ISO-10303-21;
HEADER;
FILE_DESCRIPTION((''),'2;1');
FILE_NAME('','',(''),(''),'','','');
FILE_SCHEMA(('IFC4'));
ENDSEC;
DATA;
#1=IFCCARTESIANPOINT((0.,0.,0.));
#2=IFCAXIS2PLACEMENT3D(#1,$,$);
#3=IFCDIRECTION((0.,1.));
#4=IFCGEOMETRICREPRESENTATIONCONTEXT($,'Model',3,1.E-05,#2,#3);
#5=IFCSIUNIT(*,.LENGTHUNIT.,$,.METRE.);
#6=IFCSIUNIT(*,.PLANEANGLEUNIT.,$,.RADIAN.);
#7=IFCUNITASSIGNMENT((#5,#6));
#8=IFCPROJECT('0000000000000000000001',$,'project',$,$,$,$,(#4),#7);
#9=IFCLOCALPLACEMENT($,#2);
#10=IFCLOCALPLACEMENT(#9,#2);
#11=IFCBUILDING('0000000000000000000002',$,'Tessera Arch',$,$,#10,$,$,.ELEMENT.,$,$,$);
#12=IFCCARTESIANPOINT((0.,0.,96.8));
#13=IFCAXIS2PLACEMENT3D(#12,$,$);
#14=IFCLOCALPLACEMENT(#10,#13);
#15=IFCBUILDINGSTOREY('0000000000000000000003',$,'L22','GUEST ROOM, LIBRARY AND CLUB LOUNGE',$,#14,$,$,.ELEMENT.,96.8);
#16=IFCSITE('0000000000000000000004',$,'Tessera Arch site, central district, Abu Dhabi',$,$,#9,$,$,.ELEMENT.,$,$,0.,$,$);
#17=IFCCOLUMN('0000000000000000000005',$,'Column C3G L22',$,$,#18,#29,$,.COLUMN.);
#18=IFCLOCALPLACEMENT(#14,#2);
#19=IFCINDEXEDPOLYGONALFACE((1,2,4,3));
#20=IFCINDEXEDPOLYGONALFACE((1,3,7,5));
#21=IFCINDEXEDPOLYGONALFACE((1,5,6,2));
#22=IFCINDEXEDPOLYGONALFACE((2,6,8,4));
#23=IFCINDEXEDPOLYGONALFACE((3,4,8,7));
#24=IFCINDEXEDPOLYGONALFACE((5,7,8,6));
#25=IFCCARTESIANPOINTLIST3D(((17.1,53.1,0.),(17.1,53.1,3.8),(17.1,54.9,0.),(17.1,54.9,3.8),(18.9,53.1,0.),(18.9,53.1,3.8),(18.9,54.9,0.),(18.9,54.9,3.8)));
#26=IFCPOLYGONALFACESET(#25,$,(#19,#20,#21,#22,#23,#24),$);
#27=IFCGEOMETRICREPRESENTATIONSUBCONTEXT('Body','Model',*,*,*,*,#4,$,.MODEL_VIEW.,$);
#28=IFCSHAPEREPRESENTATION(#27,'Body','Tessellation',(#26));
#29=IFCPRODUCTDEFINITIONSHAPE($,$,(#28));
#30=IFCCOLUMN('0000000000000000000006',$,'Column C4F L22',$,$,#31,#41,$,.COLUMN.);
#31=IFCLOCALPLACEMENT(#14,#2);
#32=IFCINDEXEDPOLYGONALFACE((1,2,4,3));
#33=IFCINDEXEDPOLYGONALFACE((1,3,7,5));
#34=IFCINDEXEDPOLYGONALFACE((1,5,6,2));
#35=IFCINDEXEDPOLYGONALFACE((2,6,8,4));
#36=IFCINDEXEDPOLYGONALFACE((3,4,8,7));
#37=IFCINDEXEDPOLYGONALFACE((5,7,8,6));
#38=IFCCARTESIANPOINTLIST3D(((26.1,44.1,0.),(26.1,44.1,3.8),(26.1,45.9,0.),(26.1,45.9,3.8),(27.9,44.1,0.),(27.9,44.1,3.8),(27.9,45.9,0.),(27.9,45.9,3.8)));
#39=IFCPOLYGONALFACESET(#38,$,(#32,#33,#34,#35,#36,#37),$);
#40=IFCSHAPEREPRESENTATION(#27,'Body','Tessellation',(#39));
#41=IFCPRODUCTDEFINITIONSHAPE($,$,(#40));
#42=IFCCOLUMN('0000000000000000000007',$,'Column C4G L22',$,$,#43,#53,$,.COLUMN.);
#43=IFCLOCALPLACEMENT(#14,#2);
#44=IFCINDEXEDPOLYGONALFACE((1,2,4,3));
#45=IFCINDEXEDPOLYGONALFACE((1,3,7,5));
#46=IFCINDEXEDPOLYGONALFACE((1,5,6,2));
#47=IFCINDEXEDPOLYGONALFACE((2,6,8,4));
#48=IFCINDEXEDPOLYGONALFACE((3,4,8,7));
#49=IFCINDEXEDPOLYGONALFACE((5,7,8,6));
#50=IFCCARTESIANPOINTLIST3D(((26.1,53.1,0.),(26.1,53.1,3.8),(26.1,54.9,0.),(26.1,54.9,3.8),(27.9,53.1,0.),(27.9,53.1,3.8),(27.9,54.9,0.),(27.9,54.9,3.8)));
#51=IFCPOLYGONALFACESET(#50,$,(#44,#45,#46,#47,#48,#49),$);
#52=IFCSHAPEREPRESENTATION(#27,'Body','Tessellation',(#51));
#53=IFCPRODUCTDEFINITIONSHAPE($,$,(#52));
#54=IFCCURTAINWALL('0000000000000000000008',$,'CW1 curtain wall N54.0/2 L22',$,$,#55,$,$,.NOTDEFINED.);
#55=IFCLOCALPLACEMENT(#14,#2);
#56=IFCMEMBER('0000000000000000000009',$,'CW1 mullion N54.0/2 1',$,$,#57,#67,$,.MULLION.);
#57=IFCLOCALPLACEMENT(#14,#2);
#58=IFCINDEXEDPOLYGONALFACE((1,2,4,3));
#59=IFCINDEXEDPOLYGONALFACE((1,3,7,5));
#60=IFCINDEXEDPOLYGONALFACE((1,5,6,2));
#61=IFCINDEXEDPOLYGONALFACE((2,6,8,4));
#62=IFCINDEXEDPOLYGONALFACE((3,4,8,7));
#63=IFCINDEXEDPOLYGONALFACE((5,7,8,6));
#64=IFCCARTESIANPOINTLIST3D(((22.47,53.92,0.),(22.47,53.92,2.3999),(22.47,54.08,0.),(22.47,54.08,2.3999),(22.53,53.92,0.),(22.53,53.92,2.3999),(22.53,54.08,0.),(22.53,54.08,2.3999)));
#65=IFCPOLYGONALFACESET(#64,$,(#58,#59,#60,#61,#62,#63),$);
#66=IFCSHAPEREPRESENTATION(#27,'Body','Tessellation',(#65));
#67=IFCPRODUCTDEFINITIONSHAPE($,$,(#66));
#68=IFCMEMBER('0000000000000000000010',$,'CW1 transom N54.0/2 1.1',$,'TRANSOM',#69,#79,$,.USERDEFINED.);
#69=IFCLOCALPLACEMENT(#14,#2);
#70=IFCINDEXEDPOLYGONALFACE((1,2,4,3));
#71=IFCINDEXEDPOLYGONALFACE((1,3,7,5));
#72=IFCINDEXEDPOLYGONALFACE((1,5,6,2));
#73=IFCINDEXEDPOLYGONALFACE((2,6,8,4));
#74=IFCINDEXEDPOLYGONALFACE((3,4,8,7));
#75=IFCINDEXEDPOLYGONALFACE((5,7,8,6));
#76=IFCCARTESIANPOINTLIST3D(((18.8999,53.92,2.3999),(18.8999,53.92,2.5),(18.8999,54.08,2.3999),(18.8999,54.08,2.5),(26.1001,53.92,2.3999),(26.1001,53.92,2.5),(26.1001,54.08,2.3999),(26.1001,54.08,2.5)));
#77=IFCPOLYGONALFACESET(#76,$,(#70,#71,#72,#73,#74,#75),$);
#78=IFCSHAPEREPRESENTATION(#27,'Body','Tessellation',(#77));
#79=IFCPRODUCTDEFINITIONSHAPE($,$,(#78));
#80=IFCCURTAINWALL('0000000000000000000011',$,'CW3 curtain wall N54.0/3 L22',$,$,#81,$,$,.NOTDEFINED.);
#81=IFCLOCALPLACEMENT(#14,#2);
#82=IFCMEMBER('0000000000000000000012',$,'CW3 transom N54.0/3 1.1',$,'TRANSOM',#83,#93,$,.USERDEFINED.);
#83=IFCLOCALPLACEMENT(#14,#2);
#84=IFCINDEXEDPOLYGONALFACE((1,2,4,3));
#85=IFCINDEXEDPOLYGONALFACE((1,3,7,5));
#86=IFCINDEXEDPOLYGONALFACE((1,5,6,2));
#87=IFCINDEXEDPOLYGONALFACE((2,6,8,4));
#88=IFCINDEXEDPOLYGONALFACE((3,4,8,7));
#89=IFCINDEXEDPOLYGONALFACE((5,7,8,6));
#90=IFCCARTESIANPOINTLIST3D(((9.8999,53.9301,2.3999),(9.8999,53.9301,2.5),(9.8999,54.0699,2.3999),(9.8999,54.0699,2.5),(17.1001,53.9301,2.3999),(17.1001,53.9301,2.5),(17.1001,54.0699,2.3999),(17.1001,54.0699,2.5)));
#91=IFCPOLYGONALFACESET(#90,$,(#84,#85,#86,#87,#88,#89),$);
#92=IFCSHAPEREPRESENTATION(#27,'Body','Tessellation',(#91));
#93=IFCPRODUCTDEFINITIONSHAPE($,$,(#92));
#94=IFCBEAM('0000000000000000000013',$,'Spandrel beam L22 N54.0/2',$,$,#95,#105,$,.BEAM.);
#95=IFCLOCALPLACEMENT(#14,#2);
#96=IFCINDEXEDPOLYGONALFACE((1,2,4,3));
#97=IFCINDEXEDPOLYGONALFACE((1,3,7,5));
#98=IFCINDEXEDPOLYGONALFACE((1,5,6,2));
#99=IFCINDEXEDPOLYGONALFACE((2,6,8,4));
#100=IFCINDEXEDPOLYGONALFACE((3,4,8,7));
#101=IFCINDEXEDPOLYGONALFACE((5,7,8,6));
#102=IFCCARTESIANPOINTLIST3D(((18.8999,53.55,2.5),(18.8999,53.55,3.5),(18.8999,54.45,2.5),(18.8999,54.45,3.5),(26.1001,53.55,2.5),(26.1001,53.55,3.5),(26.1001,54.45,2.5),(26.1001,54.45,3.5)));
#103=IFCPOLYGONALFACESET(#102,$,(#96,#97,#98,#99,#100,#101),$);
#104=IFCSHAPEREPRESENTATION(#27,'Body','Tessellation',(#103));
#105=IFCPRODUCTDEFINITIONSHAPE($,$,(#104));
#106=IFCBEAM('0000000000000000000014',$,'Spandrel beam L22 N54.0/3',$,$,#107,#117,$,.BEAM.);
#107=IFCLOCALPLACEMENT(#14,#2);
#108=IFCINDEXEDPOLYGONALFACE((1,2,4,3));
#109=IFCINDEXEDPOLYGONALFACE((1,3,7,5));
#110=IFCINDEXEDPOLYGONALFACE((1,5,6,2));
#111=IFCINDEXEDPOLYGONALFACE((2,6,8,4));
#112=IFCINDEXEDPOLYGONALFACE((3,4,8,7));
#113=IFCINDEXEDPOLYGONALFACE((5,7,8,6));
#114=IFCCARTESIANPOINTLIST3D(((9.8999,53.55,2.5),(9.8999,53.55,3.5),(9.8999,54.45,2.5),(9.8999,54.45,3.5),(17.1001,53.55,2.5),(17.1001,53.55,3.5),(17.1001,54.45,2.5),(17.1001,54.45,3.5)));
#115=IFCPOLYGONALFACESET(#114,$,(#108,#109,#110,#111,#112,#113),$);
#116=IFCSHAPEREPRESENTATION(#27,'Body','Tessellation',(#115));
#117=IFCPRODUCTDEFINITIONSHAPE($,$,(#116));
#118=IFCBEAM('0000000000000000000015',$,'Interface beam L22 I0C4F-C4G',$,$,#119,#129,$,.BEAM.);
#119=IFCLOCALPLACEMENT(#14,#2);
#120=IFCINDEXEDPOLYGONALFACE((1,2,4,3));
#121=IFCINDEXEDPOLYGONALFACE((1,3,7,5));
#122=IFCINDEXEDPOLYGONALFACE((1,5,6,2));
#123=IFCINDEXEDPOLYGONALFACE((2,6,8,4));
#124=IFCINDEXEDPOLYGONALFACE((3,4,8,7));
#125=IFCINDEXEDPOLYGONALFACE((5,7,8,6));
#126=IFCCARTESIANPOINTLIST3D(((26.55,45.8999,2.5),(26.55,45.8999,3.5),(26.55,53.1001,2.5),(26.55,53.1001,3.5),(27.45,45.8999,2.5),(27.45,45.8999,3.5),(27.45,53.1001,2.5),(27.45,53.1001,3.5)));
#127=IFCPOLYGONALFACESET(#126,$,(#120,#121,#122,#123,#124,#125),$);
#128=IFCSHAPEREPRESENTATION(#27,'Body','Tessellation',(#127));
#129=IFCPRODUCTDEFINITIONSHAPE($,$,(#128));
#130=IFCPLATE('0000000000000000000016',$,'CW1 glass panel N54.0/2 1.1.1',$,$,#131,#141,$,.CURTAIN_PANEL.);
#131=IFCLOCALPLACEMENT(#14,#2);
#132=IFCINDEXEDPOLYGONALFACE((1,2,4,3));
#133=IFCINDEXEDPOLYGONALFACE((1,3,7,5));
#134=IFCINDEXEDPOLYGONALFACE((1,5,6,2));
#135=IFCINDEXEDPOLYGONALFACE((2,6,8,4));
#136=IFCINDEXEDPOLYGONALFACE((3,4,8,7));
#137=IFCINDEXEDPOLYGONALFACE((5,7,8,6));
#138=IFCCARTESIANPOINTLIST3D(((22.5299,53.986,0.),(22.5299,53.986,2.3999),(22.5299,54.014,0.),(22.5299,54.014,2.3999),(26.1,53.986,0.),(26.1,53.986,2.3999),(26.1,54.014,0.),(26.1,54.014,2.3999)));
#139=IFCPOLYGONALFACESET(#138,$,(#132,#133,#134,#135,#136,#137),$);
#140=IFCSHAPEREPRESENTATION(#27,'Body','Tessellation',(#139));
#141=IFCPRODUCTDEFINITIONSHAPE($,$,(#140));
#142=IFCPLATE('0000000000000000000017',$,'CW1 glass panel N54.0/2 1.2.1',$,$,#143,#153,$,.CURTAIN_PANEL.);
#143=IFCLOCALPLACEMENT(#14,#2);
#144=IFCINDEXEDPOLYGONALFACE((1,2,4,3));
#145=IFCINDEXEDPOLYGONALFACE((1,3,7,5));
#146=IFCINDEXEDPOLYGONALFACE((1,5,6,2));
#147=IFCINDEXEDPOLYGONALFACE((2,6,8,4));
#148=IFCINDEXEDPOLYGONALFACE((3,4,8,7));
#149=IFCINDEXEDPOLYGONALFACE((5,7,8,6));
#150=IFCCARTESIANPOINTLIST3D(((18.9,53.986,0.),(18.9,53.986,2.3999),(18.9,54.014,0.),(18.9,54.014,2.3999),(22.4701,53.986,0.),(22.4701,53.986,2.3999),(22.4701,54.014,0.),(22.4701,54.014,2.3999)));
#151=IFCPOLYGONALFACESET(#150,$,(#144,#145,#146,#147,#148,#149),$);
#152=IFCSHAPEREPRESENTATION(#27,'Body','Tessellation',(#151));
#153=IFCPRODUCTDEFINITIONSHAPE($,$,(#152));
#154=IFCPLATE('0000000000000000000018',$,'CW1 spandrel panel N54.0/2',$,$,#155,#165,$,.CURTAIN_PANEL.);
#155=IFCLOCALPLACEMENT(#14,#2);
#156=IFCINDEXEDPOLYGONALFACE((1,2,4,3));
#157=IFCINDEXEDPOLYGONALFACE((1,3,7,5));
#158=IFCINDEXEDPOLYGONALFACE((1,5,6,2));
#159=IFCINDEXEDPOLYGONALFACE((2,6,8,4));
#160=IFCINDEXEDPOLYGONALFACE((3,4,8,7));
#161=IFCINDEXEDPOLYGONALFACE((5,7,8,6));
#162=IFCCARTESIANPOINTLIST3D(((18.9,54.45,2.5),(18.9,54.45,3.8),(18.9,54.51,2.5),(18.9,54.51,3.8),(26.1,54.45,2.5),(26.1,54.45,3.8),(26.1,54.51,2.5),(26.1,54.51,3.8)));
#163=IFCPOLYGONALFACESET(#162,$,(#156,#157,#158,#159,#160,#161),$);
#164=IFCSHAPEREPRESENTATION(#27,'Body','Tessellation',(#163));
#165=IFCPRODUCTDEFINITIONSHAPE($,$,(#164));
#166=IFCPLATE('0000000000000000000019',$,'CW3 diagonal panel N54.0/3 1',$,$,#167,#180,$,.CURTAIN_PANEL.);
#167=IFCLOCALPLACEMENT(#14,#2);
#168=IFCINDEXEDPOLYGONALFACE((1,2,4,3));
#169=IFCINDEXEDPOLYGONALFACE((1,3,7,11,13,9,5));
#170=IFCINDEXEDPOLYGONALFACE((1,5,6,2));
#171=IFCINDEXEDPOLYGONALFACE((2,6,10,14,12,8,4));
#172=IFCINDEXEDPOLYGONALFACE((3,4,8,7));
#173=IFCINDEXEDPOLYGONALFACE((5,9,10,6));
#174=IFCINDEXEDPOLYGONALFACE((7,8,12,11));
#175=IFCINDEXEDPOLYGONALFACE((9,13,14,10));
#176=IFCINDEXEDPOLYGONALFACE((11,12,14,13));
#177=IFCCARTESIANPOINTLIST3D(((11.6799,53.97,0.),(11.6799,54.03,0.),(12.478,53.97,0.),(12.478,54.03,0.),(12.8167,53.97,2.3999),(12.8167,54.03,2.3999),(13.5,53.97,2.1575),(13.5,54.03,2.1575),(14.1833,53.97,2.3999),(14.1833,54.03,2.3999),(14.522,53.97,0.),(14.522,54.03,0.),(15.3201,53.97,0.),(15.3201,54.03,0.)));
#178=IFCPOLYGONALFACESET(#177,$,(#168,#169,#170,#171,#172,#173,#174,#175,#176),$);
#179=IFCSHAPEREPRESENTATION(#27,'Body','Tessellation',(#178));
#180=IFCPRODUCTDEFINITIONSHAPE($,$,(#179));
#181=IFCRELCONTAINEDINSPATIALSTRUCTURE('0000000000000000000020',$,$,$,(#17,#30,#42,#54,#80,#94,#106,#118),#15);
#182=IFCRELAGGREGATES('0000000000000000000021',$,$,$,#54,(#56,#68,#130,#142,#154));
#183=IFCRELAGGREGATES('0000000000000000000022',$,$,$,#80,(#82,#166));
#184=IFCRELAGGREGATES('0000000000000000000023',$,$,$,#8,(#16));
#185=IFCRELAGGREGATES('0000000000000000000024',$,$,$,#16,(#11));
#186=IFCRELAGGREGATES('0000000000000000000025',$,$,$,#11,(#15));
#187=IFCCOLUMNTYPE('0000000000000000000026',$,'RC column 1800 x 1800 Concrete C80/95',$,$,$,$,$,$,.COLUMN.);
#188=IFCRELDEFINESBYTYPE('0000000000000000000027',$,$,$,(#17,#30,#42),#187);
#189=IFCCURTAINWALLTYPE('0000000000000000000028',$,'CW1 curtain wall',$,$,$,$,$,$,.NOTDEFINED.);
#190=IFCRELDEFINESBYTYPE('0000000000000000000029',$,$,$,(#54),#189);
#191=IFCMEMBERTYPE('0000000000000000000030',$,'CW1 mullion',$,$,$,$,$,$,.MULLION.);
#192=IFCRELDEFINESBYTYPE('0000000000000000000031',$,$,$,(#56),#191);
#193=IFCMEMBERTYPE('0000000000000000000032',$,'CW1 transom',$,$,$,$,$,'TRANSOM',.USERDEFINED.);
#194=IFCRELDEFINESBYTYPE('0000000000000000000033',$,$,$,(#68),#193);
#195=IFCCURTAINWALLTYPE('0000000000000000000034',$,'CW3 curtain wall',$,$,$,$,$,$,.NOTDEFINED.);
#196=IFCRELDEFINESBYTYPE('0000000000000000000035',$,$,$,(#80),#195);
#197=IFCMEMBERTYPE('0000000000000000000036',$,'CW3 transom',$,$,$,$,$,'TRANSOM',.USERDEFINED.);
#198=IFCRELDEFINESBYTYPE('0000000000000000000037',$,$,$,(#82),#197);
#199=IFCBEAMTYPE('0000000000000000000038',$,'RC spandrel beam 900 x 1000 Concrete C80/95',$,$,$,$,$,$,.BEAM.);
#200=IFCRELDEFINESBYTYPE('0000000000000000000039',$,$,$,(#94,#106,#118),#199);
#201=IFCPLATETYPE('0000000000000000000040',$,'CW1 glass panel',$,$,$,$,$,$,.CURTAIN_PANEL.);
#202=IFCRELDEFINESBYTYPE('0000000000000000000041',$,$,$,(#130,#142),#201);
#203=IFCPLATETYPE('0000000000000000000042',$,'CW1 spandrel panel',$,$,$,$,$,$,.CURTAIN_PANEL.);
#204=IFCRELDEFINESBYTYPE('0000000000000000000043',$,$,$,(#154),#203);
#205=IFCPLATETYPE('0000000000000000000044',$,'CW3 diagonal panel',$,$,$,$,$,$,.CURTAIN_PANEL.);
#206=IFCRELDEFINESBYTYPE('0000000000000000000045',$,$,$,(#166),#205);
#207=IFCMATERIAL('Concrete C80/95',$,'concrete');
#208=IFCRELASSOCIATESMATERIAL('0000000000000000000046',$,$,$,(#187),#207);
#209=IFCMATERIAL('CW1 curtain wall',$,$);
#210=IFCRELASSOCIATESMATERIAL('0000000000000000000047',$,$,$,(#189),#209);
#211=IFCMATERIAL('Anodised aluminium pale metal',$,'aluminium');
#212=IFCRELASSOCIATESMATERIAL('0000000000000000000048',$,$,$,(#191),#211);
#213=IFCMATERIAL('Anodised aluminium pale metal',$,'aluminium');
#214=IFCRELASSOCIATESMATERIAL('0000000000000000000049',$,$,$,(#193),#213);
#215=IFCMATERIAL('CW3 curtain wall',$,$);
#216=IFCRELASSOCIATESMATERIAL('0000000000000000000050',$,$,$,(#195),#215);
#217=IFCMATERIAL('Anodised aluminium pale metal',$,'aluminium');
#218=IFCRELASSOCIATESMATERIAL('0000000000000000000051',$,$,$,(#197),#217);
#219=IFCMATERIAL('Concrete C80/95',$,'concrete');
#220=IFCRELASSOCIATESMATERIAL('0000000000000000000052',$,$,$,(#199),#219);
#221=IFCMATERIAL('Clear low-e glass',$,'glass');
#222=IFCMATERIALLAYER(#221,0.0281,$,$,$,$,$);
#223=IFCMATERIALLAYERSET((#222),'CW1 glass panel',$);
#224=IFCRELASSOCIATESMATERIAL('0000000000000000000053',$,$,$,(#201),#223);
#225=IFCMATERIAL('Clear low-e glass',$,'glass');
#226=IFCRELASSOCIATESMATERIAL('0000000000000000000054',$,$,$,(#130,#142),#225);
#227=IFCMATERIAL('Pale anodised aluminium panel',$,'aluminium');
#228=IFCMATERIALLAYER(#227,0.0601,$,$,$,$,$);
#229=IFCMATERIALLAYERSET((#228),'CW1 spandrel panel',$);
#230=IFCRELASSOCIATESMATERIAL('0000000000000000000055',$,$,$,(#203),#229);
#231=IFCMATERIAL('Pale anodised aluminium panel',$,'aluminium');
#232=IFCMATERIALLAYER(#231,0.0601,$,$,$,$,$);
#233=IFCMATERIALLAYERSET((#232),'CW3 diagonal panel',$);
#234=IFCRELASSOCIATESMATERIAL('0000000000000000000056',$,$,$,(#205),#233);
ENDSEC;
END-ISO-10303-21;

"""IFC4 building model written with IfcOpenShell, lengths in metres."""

from ifc_helpers import new_model, si_unit, direction, frame, origin, origin_2d, place, context, subcontext, project, spatial, polyline, rectangle, outline, extrude, material, layer, layer_set, material_profile, profile_set, type_object, element, aggregate, save


model = new_model("IFC4")

# Units and contexts
model_context = context("Model", 3, precision=1e-05, world=origin(), true_north=direction((0.0, 1.0)))
body_context = subcontext(model_context, "Body", "Model", "MODEL_VIEW")
ifc_project = project(units=[si_unit("LENGTHUNIT", "METRE"), si_unit("PLANEANGLEUNIT", "RADIAN")], contexts=[model_context])

# Site, building, storey
site_placement = place(None, origin())
site = spatial("IfcSite", under=ifc_project, at=site_placement, Name="Tessera Arch site, central district, Abu Dhabi", CompositionType="ELEMENT", RefElevation=0.0)
building_placement = place(site_placement, origin())
building = spatial("IfcBuilding", under=site, at=building_placement, Name="Tessera Arch", CompositionType="ELEMENT")
storey_placement = place(building_placement, frame((0.0, 0.0, 96.8)))
storey = spatial("IfcBuildingStorey", under=building, at=storey_placement, Name="L22", Description="GUEST ROOM, LIBRARY AND CLUB LOUNGE", CompositionType="ELEMENT", Elevation=96.8)

# Columns
ifc_material_1 = material(Name="Concrete C80/95", Category="concrete")
ifc_material_profile_1 = material_profile(ifc_material_1, rectangle(XDim=1.8, YDim=1.8, at=origin_2d()), Name="RC column 1800 x 1800 Concrete C80/95")
ifc_profile_set_1 = profile_set([ifc_material_profile_1], Name="Concrete C80/95")
column_type = type_object("IfcColumnType", Name="RC column 1800 x 1800 Concrete C80/95", PredefinedType="COLUMN", material=ifc_profile_set_1)
for number, where, z_axis, x_axis, name in (
    (1, (18.0, 54.0, 0.0), (0.0, 0.0, 1.0), (1.0, 0.0, 0.0), "Column C3G L22"),
    (2, (27.0, 45.0, 0.0), (0.0, 0.0, 1.0), (1.0, 0.0, 0.0), "Column C4F L22"),
    (3, (27.0, 54.0, 0.0), (0.0, 0.0, 1.0), (1.0, 0.0, 0.0), "Column C4G L22"),
):
    element("IfcColumn", number, at=place(storey_placement, frame(where, z_axis=z_axis, x_axis=x_axis)), inside=storey, type_object=column_type, Name=name, PredefinedType="COLUMN", context=body_context, shape_type="SweptSolid", body=[
        extrude(rectangle(XDim=1.8, YDim=1.8, at=origin_2d()), origin(), (0.0, 0.0, 1.0), 3.8),
    ])

# Curtain wall, members
ifc_material_2 = material(Name="CW1 curtain wall")
curtain_wall_type_1 = type_object("IfcCurtainWallType", Name="CW1 curtain wall", PredefinedType="NOTDEFINED", material=ifc_material_2)
curtain_wall_1_placement = place(storey_placement, origin())
curtain_wall_1 = element("IfcCurtainWall", 4, at=curtain_wall_1_placement, inside=storey, type_object=curtain_wall_type_1, Name="CW1 curtain wall N54.0/2 L22", PredefinedType="NOTDEFINED")
ifc_material_3 = material(Name="Anodised aluminium pale metal", Category="aluminium")
ifc_material_profile_2 = material_profile(ifc_material_3, rectangle(XDim=0.1599, YDim=0.0601, at=origin_2d()), Name="AL 60x160")
ifc_profile_set_2 = profile_set([ifc_material_profile_2], Name="Anodised aluminium pale metal")
member_type_1 = type_object("IfcMemberType", Name="CW1 mullion", PredefinedType="MULLION", material=ifc_profile_set_2)
member_1_placement = place(storey_placement, frame((22.5, 54.0, 0.0), z_axis=(0.0, 0.0, 1.0), x_axis=(0.0, -1.0, 0.0)))
member_1 = element("IfcMember", 5, at=member_1_placement, type_object=member_type_1, Name="CW1 mullion N54.0/2 1", PredefinedType="MULLION", context=body_context, shape_type="SweptSolid", body=[
    extrude(rectangle(XDim=0.1599, YDim=0.0601, at=origin_2d()), origin(), (0.0, 0.0, 1.0), 2.3999),
])
ifc_material_4 = material(Name="Anodised aluminium pale metal", Category="aluminium")
ifc_material_profile_3 = material_profile(ifc_material_4, rectangle(XDim=0.1599, YDim=0.1001, at=origin_2d()), Name="AL 160x100")
ifc_profile_set_3 = profile_set([ifc_material_profile_3], Name="Anodised aluminium pale metal")
member_type_2 = type_object("IfcMemberType", Name="CW1 transom", ElementType="TRANSOM", PredefinedType="USERDEFINED", material=ifc_profile_set_3)
member_2_placement = place(storey_placement, frame((26.1001, 54.0, 2.45), z_axis=(-1.0, 0.0, 0.0), x_axis=(0.0, -1.0, 0.0)))
member_2 = element("IfcMember", 6, at=member_2_placement, type_object=member_type_2, Name="CW1 transom N54.0/2 1.1", ObjectType="TRANSOM", PredefinedType="USERDEFINED", context=body_context, shape_type="SweptSolid", body=[
    extrude(rectangle(XDim=0.1599, YDim=0.1001, at=origin_2d()), origin(), (0.0, 0.0, 1.0), 7.2002),
])

# Curtain wall, member
ifc_material_5 = material(Name="CW3 curtain wall")
curtain_wall_type_2 = type_object("IfcCurtainWallType", Name="CW3 curtain wall", PredefinedType="NOTDEFINED", material=ifc_material_5)
curtain_wall_2_placement = place(storey_placement, origin())
curtain_wall_2 = element("IfcCurtainWall", 7, at=curtain_wall_2_placement, inside=storey, type_object=curtain_wall_type_2, Name="CW3 curtain wall N54.0/3 L22", PredefinedType="NOTDEFINED")
ifc_material_6 = material(Name="Anodised aluminium pale metal", Category="aluminium")
ifc_material_profile_4 = material_profile(ifc_material_6, rectangle(XDim=0.1399, YDim=0.1001, at=origin_2d()), Name="AL 140x100")
ifc_profile_set_4 = profile_set([ifc_material_profile_4], Name="Anodised aluminium pale metal")
member_type_3 = type_object("IfcMemberType", Name="CW3 transom", ElementType="TRANSOM", PredefinedType="USERDEFINED", material=ifc_profile_set_4)
member_3_placement = place(storey_placement, frame((17.1001, 54.0, 2.45), z_axis=(-1.0, 0.0, 0.0), x_axis=(0.0, -1.0, 0.0)))
member_3 = element("IfcMember", 8, at=member_3_placement, type_object=member_type_3, Name="CW3 transom N54.0/3 1.1", ObjectType="TRANSOM", PredefinedType="USERDEFINED", context=body_context, shape_type="SweptSolid", body=[
    extrude(rectangle(XDim=0.1399, YDim=0.1001, at=origin_2d()), origin(), (0.0, 0.0, 1.0), 7.2002),
])

# Beams
ifc_material_7 = material(Name="Concrete C80/95", Category="concrete")
ifc_material_profile_5 = material_profile(ifc_material_7, rectangle(XDim=0.8999, YDim=1.0, at=origin_2d()), Name="RC spandrel beam 900 x 1000 Concrete C80/95")
ifc_profile_set_5 = profile_set([ifc_material_profile_5], Name="Concrete C80/95")
beam_type = type_object("IfcBeamType", Name="RC spandrel beam 900 x 1000 Concrete C80/95", PredefinedType="BEAM", material=ifc_profile_set_5)
for number, where, z_axis, x_axis, name in (
    (9, (26.1001, 54.0, 3.0), (-1.0, 0.0, 0.0), (0.0, -1.0, 0.0), "Spandrel beam L22 N54.0/2"),
    (10, (17.1001, 54.0, 3.0), (-1.0, 0.0, 0.0), (0.0, -1.0, 0.0), "Spandrel beam L22 N54.0/3"),
    (11, (27.0, 45.8999, 3.0), (0.0, 1.0, 0.0), (-1.0, 0.0, 0.0), "Interface beam L22 I0C4F-C4G"),
):
    element("IfcBeam", number, at=place(storey_placement, frame(where, z_axis=z_axis, x_axis=x_axis)), inside=storey, type_object=beam_type, Name=name, PredefinedType="BEAM", context=body_context, shape_type="SweptSolid", body=[
        extrude(rectangle(XDim=0.8999, YDim=1.0, at=origin_2d()), origin(), (0.0, 0.0, 1.0), 7.2002),
    ])

# Plates
ifc_material_8 = material(Name="Clear low-e glass", Category="glass")
ifc_material_9 = material(Name="Clear low-e glass", Category="glass")
ifc_layer_1 = layer(ifc_material_9, 0.0281)
ifc_layer_set_1 = layer_set([ifc_layer_1], Name="CW1 glass panel")
plate_type_1 = type_object("IfcPlateType", Name="CW1 glass panel", PredefinedType="CURTAIN_PANEL", material=ifc_layer_set_1)
plate_1_placement = place(storey_placement, frame((24.3149, 54.0, 0.0), z_axis=(0.0, 0.0, 1.0), x_axis=(-1.0, 0.0, 0.0)))
plate_1 = element("IfcPlate", 12, at=plate_1_placement, type_object=plate_type_1, material=ifc_material_8, Name="CW1 glass panel N54.0/2 1.1.1", PredefinedType="CURTAIN_PANEL", context=body_context, shape_type="SweptSolid", body=[
    extrude(rectangle(XDim=3.5701, YDim=0.0281, at=origin_2d()), origin(), (0.0, 0.0, 1.0), 2.3999),
])
plate_2_placement = place(storey_placement, frame((20.6851, 54.0, 0.0), z_axis=(0.0, 0.0, 1.0), x_axis=(-1.0, 0.0, 0.0)))
plate_2 = element("IfcPlate", 13, at=plate_2_placement, type_object=plate_type_1, material=ifc_material_8, Name="CW1 glass panel N54.0/2 1.2.1", PredefinedType="CURTAIN_PANEL", context=body_context, shape_type="SweptSolid", body=[
    extrude(rectangle(XDim=3.5701, YDim=0.0281, at=origin_2d()), origin(), (0.0, 0.0, 1.0), 2.3999),
])
ifc_material_10 = material(Name="Pale anodised aluminium panel", Category="aluminium")
ifc_layer_2 = layer(ifc_material_10, 0.0601)
ifc_layer_set_2 = layer_set([ifc_layer_2], Name="CW1 spandrel panel")
plate_type_2 = type_object("IfcPlateType", Name="CW1 spandrel panel", PredefinedType="CURTAIN_PANEL", material=ifc_layer_set_2)
plate_3_placement = place(storey_placement, frame((22.5, 54.48, 2.5), z_axis=(0.0, 0.0, 1.0), x_axis=(-1.0, 0.0, 0.0)))
plate_3 = element("IfcPlate", 14, at=plate_3_placement, type_object=plate_type_2, Name="CW1 spandrel panel N54.0/2", PredefinedType="CURTAIN_PANEL", context=body_context, shape_type="SweptSolid", body=[
    extrude(rectangle(XDim=7.2, YDim=0.0601, at=origin_2d()), origin(), (0.0, 0.0, 1.0), 1.3),
])
aggregate(curtain_wall_1, [member_1, member_2, plate_1, plate_2, plate_3])
ifc_material_11 = material(Name="Pale anodised aluminium panel", Category="aluminium")
ifc_layer_3 = layer(ifc_material_11, 0.0601)
ifc_layer_set_3 = layer_set([ifc_layer_3], Name="CW3 diagonal panel")
plate_type_3 = type_object("IfcPlateType", Name="CW3 diagonal panel", PredefinedType="CURTAIN_PANEL", material=ifc_layer_set_3)
plate_4_placement = place(storey_placement, frame((12.8167, 54.03, 2.3999), z_axis=(0.0, 1.0, 0.0), x_axis=(1.0, 0.0, 0.0)))
plate_4 = element("IfcPlate", 15, at=plate_4_placement, type_object=plate_type_3, Name="CW3 diagonal panel N54.0/3 1", PredefinedType="CURTAIN_PANEL", context=body_context, shape_type="SweptSolid", body=[
    extrude(outline(polyline([(0.0, 0.0), (1.3667, 0.0), (2.5034, 2.3999), (1.7053, 2.3999), (0.6833, 0.2424), (-0.3386, 2.3999), (-1.1367, 2.3999), (0.0, 0.0)])), origin(), (0.0, 0.0, -1.0), 0.0601),
])

aggregate(curtain_wall_2, [member_3, plate_4])

save(model, "model.ifc")
